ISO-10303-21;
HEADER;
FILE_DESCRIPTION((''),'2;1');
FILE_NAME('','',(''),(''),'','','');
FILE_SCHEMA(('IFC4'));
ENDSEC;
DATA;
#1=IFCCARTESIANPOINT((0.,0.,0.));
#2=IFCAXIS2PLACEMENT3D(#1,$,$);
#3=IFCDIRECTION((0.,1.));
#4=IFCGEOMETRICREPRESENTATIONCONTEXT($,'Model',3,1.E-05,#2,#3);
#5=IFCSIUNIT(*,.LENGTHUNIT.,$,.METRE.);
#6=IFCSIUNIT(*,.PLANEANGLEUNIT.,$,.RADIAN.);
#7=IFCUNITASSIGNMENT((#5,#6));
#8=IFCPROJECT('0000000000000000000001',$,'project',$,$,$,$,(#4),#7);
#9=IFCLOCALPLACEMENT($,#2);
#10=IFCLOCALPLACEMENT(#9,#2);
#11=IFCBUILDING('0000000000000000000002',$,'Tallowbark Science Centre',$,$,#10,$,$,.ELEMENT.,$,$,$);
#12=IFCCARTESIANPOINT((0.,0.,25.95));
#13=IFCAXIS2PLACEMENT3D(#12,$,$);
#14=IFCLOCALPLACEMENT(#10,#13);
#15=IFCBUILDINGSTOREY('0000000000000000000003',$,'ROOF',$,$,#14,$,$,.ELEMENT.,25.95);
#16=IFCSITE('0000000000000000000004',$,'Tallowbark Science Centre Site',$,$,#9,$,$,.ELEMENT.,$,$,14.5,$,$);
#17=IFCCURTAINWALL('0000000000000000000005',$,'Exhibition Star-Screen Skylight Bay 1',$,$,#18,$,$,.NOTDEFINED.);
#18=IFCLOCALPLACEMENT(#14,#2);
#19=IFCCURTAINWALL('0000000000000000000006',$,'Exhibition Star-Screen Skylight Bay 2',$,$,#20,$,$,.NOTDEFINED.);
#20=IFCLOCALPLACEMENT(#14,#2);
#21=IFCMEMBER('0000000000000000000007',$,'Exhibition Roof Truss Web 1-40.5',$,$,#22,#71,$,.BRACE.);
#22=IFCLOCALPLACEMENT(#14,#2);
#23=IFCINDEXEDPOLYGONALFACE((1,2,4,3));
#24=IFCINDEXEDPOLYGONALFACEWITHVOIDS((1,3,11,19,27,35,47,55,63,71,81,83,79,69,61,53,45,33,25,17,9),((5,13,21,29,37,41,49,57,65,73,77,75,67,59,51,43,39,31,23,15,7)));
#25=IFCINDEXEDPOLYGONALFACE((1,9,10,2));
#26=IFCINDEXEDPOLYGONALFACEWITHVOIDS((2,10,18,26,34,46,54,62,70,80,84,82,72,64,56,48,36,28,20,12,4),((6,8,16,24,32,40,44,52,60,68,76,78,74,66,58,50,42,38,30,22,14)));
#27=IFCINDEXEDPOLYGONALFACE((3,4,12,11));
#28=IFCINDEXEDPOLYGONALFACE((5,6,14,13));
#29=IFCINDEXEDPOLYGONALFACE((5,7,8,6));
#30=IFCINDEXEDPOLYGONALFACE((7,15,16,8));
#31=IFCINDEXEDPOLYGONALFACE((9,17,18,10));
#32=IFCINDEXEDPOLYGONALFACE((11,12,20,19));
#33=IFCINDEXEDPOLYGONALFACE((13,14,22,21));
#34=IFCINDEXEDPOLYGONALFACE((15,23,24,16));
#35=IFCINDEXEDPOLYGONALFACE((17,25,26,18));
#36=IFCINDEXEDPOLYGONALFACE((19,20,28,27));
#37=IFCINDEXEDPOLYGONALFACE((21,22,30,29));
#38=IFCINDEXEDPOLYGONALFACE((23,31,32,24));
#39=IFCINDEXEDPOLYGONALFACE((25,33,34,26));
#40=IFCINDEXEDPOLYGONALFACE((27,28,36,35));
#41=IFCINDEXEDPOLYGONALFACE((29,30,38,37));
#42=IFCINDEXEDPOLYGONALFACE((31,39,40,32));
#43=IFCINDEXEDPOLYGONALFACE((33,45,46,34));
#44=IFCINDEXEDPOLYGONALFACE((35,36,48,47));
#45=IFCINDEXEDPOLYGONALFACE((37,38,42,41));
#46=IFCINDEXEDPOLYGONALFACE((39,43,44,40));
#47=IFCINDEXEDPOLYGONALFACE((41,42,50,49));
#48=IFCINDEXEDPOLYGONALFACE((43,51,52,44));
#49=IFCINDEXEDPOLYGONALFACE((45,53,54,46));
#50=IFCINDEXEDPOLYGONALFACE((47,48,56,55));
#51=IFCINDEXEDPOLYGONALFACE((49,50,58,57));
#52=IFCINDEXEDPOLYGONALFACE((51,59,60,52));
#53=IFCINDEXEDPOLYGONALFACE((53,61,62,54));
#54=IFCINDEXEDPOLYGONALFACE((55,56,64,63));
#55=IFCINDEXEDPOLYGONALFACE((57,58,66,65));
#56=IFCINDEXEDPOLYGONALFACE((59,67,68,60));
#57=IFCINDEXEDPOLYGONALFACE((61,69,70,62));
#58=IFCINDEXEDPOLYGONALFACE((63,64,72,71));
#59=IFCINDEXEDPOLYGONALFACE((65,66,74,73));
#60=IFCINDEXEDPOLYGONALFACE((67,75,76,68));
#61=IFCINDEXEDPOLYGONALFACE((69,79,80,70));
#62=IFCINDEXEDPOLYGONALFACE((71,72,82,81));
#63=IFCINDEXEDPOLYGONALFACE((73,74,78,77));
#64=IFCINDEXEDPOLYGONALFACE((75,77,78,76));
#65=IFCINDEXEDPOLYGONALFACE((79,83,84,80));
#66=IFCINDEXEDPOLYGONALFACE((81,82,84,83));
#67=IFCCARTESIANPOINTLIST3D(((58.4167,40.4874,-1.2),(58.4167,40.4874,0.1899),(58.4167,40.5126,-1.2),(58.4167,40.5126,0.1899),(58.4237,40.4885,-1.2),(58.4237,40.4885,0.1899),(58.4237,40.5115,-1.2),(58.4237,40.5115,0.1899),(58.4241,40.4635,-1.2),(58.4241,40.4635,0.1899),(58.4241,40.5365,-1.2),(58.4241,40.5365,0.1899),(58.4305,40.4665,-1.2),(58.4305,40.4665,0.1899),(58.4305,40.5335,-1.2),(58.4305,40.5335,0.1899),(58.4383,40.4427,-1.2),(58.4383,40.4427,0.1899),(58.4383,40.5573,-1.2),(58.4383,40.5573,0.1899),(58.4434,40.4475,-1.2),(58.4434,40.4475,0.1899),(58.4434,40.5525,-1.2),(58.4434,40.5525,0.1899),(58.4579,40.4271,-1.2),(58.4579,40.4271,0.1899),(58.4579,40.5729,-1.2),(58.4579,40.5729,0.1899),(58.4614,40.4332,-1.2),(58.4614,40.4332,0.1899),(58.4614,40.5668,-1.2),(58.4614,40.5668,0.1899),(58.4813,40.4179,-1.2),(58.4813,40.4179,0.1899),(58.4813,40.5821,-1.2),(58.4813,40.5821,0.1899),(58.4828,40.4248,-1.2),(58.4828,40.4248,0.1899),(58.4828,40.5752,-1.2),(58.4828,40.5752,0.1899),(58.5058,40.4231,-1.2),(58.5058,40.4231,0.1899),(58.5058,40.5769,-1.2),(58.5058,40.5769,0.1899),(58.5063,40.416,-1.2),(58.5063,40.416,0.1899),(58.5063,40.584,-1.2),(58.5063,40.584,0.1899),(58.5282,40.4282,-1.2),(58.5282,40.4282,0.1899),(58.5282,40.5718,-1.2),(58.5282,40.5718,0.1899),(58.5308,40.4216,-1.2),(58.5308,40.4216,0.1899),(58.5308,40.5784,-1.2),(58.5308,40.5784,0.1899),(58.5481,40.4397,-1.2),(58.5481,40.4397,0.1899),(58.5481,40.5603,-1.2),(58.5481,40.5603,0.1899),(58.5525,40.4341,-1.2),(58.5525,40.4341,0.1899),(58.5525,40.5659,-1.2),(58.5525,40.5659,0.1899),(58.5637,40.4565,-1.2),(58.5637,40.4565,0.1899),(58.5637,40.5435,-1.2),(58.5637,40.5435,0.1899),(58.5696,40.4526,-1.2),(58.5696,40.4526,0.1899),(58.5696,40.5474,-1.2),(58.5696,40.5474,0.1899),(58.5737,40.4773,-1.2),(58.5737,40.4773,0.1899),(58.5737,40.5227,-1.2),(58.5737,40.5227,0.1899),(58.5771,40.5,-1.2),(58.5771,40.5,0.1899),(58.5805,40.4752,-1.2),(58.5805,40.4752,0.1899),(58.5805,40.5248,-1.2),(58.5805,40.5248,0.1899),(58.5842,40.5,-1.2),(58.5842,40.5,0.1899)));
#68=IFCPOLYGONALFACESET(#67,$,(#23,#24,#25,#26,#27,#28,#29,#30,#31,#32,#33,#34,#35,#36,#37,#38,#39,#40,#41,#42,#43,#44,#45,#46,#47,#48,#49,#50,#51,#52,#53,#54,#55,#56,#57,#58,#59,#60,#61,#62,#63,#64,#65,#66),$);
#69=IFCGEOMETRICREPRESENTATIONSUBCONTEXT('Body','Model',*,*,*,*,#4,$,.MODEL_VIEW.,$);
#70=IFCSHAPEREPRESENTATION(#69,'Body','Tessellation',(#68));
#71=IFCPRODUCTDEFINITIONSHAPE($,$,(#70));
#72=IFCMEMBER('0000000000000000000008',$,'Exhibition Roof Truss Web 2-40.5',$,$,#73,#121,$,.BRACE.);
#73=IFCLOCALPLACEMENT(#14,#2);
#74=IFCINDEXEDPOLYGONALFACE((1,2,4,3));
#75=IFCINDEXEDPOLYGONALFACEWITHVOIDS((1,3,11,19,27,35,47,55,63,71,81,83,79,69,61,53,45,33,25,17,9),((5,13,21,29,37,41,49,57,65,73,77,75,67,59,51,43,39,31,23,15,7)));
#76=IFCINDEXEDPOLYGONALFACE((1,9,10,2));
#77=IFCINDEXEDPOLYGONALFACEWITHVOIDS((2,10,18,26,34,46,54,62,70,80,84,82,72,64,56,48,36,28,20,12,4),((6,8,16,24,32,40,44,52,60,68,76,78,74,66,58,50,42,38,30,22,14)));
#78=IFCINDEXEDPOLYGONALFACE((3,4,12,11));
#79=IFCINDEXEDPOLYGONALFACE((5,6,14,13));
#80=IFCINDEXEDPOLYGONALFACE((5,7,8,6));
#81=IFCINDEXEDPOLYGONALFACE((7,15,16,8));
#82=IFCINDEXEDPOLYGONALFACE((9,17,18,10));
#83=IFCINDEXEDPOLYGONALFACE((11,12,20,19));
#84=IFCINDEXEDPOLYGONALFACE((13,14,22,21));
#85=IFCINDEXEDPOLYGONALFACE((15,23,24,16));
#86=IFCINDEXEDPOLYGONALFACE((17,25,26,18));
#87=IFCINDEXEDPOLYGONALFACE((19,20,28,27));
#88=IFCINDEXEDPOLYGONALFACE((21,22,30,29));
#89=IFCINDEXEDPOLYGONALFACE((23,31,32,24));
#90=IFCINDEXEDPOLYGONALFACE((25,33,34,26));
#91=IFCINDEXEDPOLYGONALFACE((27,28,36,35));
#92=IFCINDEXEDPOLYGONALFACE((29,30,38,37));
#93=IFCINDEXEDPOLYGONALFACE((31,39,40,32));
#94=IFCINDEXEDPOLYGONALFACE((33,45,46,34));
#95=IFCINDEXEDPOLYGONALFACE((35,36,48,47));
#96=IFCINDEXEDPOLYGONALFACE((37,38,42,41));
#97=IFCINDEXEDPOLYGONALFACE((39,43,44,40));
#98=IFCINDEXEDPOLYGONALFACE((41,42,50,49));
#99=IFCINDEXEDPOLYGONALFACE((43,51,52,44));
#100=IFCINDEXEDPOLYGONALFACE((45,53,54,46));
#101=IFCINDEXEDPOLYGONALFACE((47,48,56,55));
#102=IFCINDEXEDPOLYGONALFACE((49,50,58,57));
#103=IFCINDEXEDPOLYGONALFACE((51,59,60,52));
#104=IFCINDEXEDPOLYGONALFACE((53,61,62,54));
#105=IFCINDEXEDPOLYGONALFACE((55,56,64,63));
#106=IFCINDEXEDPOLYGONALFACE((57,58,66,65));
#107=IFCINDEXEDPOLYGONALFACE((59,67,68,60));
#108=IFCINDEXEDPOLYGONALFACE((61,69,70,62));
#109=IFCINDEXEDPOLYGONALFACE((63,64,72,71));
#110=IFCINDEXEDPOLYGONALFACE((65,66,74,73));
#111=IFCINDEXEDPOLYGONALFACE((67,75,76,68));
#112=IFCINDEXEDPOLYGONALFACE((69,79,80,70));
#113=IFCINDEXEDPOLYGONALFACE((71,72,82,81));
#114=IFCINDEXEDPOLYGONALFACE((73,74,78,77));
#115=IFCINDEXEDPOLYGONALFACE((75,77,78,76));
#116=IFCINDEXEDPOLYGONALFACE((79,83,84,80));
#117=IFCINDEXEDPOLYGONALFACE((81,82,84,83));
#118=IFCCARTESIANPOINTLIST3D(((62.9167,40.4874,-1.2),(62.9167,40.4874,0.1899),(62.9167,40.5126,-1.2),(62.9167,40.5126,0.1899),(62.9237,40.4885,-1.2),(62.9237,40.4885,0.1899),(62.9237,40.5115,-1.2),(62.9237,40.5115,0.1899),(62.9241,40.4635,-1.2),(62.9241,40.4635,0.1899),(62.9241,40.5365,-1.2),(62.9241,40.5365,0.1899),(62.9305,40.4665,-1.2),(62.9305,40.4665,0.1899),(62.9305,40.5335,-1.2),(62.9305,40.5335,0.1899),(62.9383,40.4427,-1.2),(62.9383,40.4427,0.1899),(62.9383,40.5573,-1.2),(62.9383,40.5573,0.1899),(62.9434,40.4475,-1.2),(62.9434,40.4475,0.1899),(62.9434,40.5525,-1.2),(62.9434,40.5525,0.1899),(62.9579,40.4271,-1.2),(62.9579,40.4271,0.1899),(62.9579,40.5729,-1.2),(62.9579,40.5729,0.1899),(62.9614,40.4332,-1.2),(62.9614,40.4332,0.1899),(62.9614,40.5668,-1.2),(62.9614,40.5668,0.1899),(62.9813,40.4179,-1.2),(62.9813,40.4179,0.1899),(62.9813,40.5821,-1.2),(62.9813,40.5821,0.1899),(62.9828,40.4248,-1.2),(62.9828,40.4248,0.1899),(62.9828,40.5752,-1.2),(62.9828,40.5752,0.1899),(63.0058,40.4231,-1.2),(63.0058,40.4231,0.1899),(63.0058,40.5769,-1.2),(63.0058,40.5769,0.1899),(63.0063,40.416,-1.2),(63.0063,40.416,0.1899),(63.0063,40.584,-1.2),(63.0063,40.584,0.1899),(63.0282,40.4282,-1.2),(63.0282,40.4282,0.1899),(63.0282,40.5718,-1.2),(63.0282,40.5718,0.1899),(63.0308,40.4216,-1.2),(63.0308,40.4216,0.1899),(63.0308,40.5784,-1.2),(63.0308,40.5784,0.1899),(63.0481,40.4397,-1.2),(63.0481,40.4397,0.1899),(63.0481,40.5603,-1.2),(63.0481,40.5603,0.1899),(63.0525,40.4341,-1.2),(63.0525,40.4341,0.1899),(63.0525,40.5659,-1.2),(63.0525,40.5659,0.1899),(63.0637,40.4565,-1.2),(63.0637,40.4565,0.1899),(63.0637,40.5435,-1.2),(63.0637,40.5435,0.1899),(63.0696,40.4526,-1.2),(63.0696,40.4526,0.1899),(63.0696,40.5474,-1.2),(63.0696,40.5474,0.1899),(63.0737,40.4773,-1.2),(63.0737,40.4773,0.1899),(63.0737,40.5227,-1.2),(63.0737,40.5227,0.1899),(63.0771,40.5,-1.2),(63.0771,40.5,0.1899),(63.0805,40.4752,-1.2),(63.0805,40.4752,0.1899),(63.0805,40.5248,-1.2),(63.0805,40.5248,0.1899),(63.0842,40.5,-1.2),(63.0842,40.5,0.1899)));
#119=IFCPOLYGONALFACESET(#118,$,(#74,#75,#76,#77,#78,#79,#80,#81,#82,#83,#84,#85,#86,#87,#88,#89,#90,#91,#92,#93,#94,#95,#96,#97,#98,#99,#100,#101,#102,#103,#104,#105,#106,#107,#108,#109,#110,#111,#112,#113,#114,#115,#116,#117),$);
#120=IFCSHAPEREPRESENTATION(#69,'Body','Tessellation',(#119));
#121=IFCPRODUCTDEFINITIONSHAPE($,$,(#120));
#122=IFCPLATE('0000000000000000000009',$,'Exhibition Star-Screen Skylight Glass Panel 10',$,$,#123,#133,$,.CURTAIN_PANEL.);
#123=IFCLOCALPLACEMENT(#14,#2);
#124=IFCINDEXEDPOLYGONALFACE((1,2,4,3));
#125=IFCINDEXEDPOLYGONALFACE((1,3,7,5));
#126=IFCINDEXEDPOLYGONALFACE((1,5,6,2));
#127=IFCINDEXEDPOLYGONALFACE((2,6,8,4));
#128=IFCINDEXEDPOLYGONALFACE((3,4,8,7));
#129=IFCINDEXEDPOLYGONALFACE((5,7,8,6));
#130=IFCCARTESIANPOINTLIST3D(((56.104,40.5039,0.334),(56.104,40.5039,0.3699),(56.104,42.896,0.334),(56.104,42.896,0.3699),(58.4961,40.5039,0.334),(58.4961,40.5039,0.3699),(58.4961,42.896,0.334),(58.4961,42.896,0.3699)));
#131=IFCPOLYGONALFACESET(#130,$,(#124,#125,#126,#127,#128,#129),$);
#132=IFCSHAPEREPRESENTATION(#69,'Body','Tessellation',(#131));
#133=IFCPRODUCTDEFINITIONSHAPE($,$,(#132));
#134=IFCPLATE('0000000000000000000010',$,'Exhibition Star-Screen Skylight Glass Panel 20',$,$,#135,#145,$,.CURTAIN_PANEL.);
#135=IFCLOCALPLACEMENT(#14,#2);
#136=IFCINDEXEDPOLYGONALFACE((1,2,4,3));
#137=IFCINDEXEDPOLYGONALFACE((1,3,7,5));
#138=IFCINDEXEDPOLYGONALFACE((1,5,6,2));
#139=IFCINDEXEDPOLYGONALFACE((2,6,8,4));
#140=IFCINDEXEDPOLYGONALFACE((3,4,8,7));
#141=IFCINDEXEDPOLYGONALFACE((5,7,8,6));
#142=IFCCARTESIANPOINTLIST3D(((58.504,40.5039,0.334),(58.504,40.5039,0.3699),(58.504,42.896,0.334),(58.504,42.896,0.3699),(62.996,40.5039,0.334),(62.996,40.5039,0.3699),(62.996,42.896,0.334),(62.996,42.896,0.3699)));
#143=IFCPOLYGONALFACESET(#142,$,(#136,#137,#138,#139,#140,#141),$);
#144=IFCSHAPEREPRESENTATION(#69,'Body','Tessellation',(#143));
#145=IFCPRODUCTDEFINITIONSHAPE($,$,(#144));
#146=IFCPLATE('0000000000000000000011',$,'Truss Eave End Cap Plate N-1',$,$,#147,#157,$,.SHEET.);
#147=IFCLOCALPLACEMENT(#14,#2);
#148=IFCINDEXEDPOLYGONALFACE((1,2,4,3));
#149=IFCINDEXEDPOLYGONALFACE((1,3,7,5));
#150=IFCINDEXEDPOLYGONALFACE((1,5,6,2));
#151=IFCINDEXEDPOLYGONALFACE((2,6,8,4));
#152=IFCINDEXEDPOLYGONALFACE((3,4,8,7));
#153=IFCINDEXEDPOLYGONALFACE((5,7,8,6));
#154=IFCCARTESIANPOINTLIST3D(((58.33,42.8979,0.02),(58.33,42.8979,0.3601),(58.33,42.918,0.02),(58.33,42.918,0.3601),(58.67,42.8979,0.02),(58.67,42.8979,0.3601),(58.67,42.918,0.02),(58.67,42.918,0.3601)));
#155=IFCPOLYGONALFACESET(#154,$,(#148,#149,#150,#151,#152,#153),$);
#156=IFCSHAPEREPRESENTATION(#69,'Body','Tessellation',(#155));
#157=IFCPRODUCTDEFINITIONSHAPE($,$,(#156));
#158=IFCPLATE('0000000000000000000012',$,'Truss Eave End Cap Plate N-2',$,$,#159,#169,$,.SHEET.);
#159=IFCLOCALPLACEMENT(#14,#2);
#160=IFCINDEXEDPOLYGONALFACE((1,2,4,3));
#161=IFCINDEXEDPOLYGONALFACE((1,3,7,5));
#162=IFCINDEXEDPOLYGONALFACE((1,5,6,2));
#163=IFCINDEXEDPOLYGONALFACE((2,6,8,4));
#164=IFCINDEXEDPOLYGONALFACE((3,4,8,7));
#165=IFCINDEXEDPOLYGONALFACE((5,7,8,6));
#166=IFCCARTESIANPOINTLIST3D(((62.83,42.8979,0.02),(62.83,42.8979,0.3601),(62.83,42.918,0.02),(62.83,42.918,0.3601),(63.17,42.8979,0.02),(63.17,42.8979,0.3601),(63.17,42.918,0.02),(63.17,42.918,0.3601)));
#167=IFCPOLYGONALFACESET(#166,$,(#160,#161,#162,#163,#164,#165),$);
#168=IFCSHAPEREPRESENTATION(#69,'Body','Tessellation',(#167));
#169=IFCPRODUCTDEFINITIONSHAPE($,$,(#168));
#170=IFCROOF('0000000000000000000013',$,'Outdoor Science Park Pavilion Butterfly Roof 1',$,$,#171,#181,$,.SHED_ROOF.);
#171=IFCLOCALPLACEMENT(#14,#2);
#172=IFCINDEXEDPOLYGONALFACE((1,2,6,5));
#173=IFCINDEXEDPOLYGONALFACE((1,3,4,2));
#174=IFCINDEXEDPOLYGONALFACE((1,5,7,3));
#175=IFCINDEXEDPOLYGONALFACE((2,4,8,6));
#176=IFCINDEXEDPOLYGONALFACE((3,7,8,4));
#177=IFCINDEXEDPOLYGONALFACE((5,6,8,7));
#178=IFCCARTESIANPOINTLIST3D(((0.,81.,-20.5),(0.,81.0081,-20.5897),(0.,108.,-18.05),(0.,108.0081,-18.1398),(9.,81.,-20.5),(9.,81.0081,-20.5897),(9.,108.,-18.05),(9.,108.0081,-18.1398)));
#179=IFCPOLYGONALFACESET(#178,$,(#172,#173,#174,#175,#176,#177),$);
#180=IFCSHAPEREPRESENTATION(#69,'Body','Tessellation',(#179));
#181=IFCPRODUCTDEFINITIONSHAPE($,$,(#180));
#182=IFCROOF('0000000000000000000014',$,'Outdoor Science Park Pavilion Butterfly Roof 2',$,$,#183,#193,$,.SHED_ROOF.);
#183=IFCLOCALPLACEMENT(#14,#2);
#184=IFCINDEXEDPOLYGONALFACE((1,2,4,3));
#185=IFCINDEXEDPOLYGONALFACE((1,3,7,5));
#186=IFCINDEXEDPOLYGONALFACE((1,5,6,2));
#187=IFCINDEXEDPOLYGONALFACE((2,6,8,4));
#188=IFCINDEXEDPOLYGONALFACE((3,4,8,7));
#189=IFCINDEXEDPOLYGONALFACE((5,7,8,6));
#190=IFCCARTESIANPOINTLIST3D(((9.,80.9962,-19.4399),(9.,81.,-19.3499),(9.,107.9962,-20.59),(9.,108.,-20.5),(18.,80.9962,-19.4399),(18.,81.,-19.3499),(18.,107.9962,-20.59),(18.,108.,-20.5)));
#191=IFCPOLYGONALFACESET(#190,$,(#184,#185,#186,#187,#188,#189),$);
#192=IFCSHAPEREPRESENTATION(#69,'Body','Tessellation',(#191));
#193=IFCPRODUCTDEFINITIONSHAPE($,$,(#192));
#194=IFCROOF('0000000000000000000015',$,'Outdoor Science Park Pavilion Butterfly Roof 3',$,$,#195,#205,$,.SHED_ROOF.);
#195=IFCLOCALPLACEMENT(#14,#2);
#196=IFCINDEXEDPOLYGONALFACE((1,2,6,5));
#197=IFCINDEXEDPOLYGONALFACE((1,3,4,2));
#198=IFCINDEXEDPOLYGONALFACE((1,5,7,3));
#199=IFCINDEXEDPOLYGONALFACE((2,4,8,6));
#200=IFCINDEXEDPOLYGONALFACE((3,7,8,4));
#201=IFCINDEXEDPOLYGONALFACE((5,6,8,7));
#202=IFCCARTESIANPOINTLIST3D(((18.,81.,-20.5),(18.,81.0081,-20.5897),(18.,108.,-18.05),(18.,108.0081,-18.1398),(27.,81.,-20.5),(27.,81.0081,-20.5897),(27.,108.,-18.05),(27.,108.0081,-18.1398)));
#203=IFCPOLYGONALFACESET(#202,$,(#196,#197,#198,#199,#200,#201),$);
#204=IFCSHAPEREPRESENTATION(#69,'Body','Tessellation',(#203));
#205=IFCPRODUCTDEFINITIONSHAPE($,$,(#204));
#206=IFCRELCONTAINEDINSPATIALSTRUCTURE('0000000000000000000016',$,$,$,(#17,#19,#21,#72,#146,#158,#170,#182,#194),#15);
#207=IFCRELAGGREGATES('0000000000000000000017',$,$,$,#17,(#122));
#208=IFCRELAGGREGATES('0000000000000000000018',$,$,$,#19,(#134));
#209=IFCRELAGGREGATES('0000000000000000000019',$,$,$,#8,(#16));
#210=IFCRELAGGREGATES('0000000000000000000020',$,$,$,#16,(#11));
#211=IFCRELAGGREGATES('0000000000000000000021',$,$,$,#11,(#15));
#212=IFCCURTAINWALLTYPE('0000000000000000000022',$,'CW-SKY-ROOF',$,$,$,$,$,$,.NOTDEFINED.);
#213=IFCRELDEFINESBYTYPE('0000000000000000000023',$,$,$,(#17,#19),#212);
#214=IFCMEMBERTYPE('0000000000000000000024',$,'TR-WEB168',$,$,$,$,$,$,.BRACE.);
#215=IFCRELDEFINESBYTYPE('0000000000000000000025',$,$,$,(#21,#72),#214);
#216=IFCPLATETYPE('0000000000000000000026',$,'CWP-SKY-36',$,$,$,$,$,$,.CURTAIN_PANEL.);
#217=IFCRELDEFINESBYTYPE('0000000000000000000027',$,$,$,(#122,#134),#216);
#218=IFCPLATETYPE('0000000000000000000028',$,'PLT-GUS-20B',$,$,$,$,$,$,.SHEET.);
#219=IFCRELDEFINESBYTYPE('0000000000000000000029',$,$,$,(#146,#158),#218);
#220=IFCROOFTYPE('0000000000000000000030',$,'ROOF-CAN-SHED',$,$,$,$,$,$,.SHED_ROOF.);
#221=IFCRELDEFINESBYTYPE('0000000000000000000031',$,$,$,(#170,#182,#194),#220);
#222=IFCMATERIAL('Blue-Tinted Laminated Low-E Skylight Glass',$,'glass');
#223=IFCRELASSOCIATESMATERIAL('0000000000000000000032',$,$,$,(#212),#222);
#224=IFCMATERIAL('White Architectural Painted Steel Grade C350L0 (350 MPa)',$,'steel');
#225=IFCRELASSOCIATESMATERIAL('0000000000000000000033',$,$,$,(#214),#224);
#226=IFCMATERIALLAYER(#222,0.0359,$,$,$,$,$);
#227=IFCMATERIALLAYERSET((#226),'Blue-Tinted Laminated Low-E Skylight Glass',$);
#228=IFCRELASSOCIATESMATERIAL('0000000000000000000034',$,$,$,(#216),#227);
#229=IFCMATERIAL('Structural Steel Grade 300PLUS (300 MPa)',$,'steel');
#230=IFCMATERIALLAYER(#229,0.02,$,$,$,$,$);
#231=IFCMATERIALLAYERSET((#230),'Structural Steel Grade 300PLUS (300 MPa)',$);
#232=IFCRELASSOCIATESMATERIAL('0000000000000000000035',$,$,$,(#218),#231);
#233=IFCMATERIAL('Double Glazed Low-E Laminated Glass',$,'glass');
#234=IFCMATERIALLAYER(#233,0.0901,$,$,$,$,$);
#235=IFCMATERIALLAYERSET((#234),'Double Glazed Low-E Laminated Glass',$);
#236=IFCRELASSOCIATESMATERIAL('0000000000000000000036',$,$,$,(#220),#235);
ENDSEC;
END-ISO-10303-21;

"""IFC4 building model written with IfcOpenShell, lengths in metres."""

from ifc_helpers import new_model, si_unit, direction, frame, origin, origin_2d, place, context, subcontext, project, spatial, polyline, rectangle, hollow_circle, outline, extrude, material, layer, layer_set, material_profile, profile_set, type_object, element, aggregate, save


model = new_model("IFC4")

# Units and contexts
model_context = context("Model", 3, precision=1e-05, world=origin(), true_north=direction((0.0, 1.0)))
body_context = subcontext(model_context, "Body", "Model", "MODEL_VIEW")
ifc_project = project(units=[si_unit("LENGTHUNIT", "METRE"), si_unit("PLANEANGLEUNIT", "RADIAN")], contexts=[model_context])

# Site, building, storey
site_placement = place(None, origin())
site = spatial("IfcSite", under=ifc_project, at=site_placement, Name="Tallowbark Science Centre Site", CompositionType="ELEMENT", RefElevation=14.5)
building_placement = place(site_placement, origin())
building = spatial("IfcBuilding", under=site, at=building_placement, Name="Tallowbark Science Centre", CompositionType="ELEMENT")
storey_placement = place(building_placement, frame((0.0, 0.0, 25.95)))
storey = spatial("IfcBuildingStorey", under=building, at=storey_placement, Name="ROOF", CompositionType="ELEMENT", Elevation=25.95)

# Curtain walls
ifc_material_1 = material(Name="Blue-Tinted Laminated Low-E Skylight Glass", Category="glass")
curtain_wall_type = type_object("IfcCurtainWallType", Name="CW-SKY-ROOF", PredefinedType="NOTDEFINED", material=ifc_material_1)
curtain_wall_1_placement = place(storey_placement, origin())
curtain_wall_1 = element("IfcCurtainWall", 1, at=curtain_wall_1_placement, inside=storey, type_object=curtain_wall_type, Name="Exhibition Star-Screen Skylight Bay 1", PredefinedType="NOTDEFINED")
curtain_wall_2_placement = place(storey_placement, origin())
curtain_wall_2 = element("IfcCurtainWall", 2, at=curtain_wall_2_placement, inside=storey, type_object=curtain_wall_type, Name="Exhibition Star-Screen Skylight Bay 2", PredefinedType="NOTDEFINED")

# Shared definitions
ifc_material_2 = material(Name="White Architectural Painted Steel Grade C350L0 (350 MPa)", Category="steel")

# Members
ifc_material_profile_1 = material_profile(ifc_material_2, hollow_circle(Radius=0.0842, WallThickness=0.0071, at=origin_2d()), Name="168.3x7.1CHS")
ifc_profile_set_1 = profile_set([ifc_material_profile_1], Name="White Architectural Painted Steel Grade C350L0 (350 MPa)")
member_type_1 = type_object("IfcMemberType", Name="TR-WEB168", PredefinedType="BRACE", material=ifc_profile_set_1)
for number, where, z_axis, x_axis, name in (
    (3, (58.5, 40.5, -1.2), (0.0, 0.0, 1.0), (1.0, 0.0, 0.0), "Exhibition Roof Truss Web 1-40.5"),
    (4, (63.0, 40.5, -1.2), (0.0, 0.0, 1.0), (1.0, 0.0, 0.0), "Exhibition Roof Truss Web 2-40.5"),
):
    element("IfcMember", number, at=place(storey_placement, frame(where, z_axis=z_axis, x_axis=x_axis)), inside=storey, type_object=member_type_1, Name=name, PredefinedType="BRACE", context=body_context, shape_type="SweptSolid", body=[
        extrude(hollow_circle(Radius=0.0842, WallThickness=0.0071, at=origin_2d()), origin(), (0.0, 0.0, 1.0), 1.3899),
    ])

# Plates
ifc_layer_1 = layer(ifc_material_1, 0.0359)
ifc_layer_set_1 = layer_set([ifc_layer_1], Name="Blue-Tinted Laminated Low-E Skylight Glass")
plate_type_1 = type_object("IfcPlateType", Name="CWP-SKY-36", PredefinedType="CURTAIN_PANEL", material=ifc_layer_set_1)
plate_1_placement = place(storey_placement, frame((57.3, 41.7, 0.334), z_axis=(0.0, 0.0, 1.0), x_axis=(1.0, 0.0, 0.0)))
plate_1 = element("IfcPlate", 5, at=plate_1_placement, type_object=plate_type_1, Name="Exhibition Star-Screen Skylight Glass Panel 10", PredefinedType="CURTAIN_PANEL", context=body_context, shape_type="SweptSolid", body=[
    extrude(rectangle(XDim=2.3921, YDim=2.3921, at=origin_2d()), origin(), (0.0, 0.0, 1.0), 0.0359),
])
aggregate(curtain_wall_1, [plate_1])
plate_2_placement = place(storey_placement, frame((60.75, 41.7, 0.334), z_axis=(0.0, 0.0, 1.0), x_axis=(1.0, 0.0, 0.0)))
plate_2 = element("IfcPlate", 6, at=plate_2_placement, type_object=plate_type_1, Name="Exhibition Star-Screen Skylight Glass Panel 20", PredefinedType="CURTAIN_PANEL", context=body_context, shape_type="SweptSolid", body=[
    extrude(rectangle(XDim=4.4919, YDim=2.3921, at=origin_2d()), origin(), (0.0, 0.0, 1.0), 0.0359),
])
aggregate(curtain_wall_2, [plate_2])

# Plates
ifc_material_3 = material(Name="Structural Steel Grade 300PLUS (300 MPa)", Category="steel")
ifc_layer_2 = layer(ifc_material_3, 0.02)
ifc_layer_set_2 = layer_set([ifc_layer_2], Name="Structural Steel Grade 300PLUS (300 MPa)")
plate_type_2 = type_object("IfcPlateType", Name="PLT-GUS-20B", PredefinedType="SHEET", material=ifc_layer_set_2)
for number, where, z_axis, x_axis, name in (
    (7, (58.5, 42.908, 0.02), (0.0, 0.0, 1.0), (1.0, 0.0, 0.0), "Truss Eave End Cap Plate N-1"),
    (8, (63.0, 42.908, 0.02), (0.0, 0.0, 1.0), (1.0, 0.0, 0.0), "Truss Eave End Cap Plate N-2"),
):
    element("IfcPlate", number, at=place(storey_placement, frame(where, z_axis=z_axis, x_axis=x_axis)), inside=storey, type_object=plate_type_2, Name=name, PredefinedType="SHEET", context=body_context, shape_type="SweptSolid", body=[
        extrude(rectangle(XDim=0.3401, YDim=0.02, at=origin_2d()), origin(), (0.0, 0.0, 1.0), 0.3401),
    ])

# Roofs
ifc_material_4 = material(Name="Double Glazed Low-E Laminated Glass", Category="glass")
ifc_layer_3 = layer(ifc_material_4, 0.0901)
ifc_layer_set_3 = layer_set([ifc_layer_3], Name="Double Glazed Low-E Laminated Glass")
roof_type_1 = type_object("IfcRoofType", Name="ROOF-CAN-SHED", PredefinedType="SHED_ROOF", material=ifc_layer_set_3)
roof_1_placement = place(storey_placement, frame((0.0, 81.0, -20.5), z_axis=(0.0, -0.090368, 0.995908), x_axis=(1.0, 0.0, 0.0)))
element("IfcRoof", 9, at=roof_1_placement, inside=storey, type_object=roof_type_1, Name="Outdoor Science Park Pavilion Butterfly Roof 1", PredefinedType="SHED_ROOF", context=body_context, shape_type="SweptSolid", body=[
    extrude(outline(polyline([(0.0, 0.0), (9.0, 0.0), (9.0, 27.1109), (0.0, 27.1109), (0.0, 0.0)])), origin(), (0.0, 0.0, -1.0), 0.0901),
])
roof_2_placement = place(storey_placement, frame((9.0, 81.0, -19.3499), z_axis=(0.0, 0.042559, 0.999094), x_axis=(1.0, 0.0, 0.0)))
element("IfcRoof", 10, at=roof_2_placement, inside=storey, type_object=roof_type_1, Name="Outdoor Science Park Pavilion Butterfly Roof 2", PredefinedType="SHED_ROOF", context=body_context, shape_type="SweptSolid", body=[
    extrude(outline(polyline([(0.0, 0.0), (9.0, 0.0), (9.0, 27.0245), (0.0, 27.0245), (0.0, 0.0)])), origin(), (0.0, 0.0, -1.0), 0.0901),
])
roof_3_placement = place(storey_placement, frame((18.0, 81.0, -20.5), z_axis=(0.0, -0.090368, 0.995908), x_axis=(1.0, 0.0, 0.0)))
element("IfcRoof", 11, at=roof_3_placement, inside=storey, type_object=roof_type_1, Name="Outdoor Science Park Pavilion Butterfly Roof 3", PredefinedType="SHED_ROOF", context=body_context, shape_type="SweptSolid", body=[
    extrude(outline(polyline([(0.0, 0.0), (9.0, 0.0), (9.0, 27.1109), (0.0, 27.1109), (0.0, 0.0)])), origin(), (0.0, 0.0, -1.0), 0.0901),
])

save(model, "model.ifc")
